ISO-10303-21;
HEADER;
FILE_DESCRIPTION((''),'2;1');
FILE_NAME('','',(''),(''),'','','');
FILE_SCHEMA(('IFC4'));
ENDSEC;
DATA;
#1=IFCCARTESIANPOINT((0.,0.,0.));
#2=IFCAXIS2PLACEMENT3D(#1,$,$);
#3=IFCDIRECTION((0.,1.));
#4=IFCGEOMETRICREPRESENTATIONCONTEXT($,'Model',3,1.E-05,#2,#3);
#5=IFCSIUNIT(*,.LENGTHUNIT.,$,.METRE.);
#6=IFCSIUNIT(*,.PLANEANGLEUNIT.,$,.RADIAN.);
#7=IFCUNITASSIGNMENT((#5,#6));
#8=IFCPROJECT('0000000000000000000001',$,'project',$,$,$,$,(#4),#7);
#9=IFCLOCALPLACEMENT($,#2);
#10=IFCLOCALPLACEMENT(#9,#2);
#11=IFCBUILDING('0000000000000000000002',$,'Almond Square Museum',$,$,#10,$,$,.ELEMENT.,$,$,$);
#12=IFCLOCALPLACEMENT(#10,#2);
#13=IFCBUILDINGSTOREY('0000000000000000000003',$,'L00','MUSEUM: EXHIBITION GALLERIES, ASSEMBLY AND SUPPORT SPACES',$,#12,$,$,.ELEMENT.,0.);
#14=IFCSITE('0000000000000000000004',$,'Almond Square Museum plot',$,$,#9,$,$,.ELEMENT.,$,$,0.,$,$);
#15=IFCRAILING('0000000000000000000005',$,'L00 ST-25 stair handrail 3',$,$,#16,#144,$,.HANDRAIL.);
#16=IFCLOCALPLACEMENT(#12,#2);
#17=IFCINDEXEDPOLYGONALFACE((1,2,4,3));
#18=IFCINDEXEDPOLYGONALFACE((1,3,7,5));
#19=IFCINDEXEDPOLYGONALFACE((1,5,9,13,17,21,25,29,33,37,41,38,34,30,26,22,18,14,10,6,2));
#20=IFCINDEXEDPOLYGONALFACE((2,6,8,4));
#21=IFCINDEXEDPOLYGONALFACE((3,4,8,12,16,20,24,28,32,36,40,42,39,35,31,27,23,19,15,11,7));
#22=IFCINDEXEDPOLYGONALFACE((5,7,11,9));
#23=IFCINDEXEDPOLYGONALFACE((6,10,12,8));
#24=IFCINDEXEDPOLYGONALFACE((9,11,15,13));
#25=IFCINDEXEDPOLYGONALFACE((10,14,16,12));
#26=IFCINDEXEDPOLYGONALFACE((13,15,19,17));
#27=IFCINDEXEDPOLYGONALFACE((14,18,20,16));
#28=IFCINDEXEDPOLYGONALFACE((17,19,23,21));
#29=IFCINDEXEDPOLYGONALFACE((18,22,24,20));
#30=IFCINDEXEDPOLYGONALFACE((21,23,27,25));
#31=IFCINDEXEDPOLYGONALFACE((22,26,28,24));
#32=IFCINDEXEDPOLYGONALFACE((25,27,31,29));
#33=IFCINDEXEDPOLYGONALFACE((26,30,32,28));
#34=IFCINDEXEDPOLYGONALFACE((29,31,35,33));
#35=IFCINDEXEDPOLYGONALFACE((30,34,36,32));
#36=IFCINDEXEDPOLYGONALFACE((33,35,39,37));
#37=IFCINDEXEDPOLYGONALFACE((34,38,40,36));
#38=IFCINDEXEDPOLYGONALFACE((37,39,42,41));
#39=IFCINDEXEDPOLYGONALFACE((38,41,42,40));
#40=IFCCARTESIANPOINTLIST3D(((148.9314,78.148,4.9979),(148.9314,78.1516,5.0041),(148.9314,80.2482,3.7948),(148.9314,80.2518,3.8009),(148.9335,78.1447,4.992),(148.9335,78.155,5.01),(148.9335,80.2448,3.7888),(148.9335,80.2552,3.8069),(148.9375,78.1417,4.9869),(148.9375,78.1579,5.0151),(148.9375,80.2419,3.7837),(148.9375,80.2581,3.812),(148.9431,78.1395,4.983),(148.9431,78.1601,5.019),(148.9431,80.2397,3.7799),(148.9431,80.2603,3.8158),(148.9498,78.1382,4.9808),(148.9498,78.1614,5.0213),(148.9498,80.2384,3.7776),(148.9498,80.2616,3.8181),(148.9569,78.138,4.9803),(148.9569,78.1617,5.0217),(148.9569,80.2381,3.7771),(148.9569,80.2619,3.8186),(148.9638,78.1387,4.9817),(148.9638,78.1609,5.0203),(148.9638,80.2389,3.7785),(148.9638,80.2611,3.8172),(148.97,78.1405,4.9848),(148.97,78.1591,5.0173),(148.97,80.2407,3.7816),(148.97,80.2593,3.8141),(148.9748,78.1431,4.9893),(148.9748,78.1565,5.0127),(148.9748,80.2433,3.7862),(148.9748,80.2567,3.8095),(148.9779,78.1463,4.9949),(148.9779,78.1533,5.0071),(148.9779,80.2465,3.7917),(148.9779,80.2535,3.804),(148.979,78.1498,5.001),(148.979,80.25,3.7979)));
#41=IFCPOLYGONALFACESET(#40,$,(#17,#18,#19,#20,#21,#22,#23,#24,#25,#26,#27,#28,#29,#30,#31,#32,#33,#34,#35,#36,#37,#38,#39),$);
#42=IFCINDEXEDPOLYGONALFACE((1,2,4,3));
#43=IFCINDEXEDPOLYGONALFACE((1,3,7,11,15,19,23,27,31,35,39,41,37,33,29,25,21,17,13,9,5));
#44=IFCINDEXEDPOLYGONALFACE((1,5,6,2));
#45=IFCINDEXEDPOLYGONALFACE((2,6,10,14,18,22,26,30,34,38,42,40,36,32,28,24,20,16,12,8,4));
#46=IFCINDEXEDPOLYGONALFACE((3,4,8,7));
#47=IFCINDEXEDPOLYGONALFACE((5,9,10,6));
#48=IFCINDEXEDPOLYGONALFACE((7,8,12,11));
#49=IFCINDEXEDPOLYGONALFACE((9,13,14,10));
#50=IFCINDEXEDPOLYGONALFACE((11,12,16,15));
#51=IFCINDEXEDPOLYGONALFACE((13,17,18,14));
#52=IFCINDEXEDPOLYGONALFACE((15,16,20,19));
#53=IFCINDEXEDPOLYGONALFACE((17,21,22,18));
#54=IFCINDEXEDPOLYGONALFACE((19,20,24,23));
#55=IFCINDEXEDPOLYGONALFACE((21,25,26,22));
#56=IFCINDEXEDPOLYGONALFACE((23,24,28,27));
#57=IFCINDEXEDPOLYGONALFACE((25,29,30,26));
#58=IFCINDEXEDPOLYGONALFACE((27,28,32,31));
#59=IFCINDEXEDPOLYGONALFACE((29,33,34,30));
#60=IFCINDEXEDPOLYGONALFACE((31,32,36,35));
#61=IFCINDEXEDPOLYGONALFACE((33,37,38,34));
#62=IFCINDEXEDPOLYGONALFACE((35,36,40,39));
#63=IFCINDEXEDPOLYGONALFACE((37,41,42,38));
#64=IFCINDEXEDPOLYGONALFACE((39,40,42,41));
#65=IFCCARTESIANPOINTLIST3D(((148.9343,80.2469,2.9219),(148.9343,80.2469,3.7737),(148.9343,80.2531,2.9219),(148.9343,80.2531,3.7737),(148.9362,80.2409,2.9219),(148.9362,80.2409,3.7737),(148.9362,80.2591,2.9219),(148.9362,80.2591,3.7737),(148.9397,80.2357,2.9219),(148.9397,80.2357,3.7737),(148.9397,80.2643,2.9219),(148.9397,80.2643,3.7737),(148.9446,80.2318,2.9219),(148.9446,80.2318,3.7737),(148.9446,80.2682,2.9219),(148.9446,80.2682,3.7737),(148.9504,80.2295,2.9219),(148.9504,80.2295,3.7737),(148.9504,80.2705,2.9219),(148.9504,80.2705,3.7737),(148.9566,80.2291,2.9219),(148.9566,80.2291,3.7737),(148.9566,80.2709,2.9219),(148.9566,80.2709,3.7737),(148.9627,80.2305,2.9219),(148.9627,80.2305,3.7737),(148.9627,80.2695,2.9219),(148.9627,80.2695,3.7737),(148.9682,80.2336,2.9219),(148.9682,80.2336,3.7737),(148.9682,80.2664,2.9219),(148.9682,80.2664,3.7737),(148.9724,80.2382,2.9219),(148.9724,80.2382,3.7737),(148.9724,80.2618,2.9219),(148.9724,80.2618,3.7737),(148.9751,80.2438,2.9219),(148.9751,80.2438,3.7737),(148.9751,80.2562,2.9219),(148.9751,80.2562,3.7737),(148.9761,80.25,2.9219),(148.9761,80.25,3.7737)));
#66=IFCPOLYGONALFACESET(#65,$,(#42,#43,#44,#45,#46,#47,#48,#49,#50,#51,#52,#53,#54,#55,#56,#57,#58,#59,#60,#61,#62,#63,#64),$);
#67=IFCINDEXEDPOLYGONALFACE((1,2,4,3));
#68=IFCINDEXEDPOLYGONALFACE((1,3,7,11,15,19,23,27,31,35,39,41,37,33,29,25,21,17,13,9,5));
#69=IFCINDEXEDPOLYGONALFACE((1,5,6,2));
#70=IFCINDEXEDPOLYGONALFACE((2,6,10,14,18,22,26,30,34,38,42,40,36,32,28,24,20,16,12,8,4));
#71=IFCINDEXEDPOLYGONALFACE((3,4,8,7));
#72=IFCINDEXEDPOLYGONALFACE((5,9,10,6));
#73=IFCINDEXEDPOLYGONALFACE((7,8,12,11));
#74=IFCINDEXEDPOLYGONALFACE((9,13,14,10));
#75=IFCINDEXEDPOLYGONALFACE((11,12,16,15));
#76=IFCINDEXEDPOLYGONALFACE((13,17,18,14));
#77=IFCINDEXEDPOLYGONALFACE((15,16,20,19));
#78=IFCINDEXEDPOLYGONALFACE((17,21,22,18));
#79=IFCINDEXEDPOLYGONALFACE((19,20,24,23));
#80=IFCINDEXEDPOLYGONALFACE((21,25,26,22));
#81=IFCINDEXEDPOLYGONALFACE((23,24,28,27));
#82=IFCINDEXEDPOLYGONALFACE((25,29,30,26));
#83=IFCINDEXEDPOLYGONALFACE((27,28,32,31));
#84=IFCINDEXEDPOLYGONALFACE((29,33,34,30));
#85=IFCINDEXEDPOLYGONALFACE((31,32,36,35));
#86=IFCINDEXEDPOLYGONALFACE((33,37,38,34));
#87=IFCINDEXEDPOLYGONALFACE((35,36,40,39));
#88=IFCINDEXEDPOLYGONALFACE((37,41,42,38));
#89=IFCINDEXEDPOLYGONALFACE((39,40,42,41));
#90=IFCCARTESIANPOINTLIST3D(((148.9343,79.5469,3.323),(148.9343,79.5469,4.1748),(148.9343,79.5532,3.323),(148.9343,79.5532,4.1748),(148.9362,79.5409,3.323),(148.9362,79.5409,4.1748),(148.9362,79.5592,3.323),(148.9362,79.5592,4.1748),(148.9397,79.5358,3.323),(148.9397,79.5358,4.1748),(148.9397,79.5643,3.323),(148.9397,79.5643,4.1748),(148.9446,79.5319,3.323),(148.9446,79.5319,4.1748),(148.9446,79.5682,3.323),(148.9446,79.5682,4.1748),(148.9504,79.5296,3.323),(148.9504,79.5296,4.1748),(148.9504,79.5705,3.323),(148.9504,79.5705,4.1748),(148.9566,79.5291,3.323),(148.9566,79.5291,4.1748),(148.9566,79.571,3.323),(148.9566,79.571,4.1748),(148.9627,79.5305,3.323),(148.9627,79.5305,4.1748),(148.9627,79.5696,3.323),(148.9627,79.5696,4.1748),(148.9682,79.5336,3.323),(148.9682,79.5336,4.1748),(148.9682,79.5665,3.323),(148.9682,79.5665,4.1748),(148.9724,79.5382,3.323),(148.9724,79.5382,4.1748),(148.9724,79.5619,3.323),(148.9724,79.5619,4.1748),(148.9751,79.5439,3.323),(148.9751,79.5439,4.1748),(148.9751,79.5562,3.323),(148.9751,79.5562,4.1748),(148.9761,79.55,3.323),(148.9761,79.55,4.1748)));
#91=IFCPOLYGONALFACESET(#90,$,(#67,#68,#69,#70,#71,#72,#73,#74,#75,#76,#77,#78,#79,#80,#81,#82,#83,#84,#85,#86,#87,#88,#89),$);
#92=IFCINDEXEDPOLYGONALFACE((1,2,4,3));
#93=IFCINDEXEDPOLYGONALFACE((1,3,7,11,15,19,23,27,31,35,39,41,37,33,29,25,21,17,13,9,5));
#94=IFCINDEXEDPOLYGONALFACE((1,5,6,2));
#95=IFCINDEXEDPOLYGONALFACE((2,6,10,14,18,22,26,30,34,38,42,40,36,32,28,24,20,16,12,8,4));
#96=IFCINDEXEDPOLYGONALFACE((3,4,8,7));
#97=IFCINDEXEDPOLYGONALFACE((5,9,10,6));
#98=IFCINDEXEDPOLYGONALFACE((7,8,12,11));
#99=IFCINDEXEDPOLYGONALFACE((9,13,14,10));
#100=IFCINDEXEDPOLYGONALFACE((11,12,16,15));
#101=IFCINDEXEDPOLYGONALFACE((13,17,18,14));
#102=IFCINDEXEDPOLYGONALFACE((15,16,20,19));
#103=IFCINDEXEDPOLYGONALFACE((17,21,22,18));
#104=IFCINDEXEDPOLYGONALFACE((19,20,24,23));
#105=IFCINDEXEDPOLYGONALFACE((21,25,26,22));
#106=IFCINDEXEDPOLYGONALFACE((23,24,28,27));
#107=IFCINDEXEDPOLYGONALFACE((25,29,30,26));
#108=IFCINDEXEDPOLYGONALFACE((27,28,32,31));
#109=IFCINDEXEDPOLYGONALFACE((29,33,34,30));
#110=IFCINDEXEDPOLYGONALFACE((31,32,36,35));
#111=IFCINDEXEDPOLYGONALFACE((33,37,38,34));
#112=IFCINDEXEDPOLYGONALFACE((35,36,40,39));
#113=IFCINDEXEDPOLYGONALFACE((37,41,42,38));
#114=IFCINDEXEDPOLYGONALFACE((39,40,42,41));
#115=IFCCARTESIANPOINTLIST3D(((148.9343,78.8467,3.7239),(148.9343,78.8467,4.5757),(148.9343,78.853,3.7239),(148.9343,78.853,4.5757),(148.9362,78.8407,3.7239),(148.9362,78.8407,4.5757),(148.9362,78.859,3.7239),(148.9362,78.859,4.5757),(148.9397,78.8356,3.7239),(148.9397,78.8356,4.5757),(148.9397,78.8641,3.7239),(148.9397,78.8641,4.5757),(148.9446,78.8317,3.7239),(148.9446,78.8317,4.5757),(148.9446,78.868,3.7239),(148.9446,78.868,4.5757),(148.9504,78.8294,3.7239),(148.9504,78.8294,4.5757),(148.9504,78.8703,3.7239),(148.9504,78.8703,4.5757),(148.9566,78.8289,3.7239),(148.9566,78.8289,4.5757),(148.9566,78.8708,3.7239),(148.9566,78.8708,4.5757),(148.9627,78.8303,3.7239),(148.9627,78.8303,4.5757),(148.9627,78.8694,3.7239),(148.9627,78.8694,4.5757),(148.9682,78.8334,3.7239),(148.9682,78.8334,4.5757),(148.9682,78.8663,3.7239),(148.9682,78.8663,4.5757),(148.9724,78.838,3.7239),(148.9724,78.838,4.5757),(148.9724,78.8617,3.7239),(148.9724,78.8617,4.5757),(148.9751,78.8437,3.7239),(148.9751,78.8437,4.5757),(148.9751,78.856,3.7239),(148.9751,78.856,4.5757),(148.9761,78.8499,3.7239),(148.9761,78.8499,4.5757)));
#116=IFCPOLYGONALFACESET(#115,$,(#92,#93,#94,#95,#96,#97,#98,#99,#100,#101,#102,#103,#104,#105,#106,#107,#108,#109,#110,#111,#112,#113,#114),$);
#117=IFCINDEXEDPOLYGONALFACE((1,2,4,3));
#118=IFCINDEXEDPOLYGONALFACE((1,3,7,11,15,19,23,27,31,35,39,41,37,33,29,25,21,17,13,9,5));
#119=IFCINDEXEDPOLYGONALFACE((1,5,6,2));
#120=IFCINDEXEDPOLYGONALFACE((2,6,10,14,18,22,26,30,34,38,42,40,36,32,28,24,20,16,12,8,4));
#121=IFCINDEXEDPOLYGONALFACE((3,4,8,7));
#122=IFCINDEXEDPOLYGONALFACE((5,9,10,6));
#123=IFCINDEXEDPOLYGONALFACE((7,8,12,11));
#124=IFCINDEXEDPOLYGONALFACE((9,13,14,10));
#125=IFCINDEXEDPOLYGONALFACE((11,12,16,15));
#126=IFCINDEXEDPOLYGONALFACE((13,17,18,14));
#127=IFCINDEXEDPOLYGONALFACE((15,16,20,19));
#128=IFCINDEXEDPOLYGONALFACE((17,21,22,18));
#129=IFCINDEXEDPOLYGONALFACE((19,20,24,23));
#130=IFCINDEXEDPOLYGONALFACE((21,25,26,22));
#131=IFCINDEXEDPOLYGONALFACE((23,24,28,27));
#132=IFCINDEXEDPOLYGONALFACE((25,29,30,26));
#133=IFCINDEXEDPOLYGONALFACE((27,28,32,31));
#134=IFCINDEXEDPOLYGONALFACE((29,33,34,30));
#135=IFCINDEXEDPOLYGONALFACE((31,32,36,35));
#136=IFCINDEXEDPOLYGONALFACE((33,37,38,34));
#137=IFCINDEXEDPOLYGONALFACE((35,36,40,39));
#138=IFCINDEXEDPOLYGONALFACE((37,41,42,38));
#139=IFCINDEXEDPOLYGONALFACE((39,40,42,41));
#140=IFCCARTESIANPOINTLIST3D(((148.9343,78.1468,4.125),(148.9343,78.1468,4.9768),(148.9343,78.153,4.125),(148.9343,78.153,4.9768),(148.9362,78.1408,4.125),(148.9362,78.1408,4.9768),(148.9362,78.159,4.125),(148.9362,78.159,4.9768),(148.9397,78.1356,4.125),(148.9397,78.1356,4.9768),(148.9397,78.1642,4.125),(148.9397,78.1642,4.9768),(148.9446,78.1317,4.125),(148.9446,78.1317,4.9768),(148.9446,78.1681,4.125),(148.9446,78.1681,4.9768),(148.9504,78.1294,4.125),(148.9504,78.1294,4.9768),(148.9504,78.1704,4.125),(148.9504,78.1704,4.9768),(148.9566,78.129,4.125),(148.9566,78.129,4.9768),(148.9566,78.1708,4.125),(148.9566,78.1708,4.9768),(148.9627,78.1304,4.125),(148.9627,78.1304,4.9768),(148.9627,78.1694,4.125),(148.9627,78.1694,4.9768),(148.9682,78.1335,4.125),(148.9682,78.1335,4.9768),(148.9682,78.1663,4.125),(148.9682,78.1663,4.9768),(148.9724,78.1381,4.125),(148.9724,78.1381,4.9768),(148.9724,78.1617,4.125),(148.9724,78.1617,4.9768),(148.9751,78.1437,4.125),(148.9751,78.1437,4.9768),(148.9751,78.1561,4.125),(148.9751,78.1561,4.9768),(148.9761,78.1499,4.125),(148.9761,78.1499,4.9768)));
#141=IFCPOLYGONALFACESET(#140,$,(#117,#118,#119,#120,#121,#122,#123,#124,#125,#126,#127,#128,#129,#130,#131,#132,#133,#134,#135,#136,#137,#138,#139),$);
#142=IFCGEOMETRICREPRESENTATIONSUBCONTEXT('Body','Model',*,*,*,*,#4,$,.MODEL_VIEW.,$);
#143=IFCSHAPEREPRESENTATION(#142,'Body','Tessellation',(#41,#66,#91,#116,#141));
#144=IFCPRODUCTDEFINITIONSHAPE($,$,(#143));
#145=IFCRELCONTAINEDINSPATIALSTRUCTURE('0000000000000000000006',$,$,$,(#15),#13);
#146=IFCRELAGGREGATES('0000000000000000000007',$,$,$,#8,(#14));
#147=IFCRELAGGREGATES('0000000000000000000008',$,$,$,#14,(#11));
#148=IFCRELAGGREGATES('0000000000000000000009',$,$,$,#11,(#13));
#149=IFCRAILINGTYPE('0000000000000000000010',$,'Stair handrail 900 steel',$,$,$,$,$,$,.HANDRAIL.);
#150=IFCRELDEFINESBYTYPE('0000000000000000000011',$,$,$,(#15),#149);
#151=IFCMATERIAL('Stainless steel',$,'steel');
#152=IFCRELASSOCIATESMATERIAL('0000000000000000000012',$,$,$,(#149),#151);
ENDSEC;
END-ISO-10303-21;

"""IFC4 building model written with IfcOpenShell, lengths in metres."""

from ifc_helpers import new_model, si_unit, direction, frame, origin, origin_2d, place, context, subcontext, project, spatial, circle, extrude, material, type_object, element, save


model = new_model("IFC4")

# Units and contexts
model_context = context("Model", 3, precision=1e-05, world=origin(), true_north=direction((0.0, 1.0)))
body_context = subcontext(model_context, "Body", "Model", "MODEL_VIEW")
ifc_project = project(units=[si_unit("LENGTHUNIT", "METRE"), si_unit("PLANEANGLEUNIT", "RADIAN")], contexts=[model_context])

# Site, building, storey
site_placement = place(None, origin())
site = spatial("IfcSite", under=ifc_project, at=site_placement, Name="Almond Square Museum plot", CompositionType="ELEMENT", RefElevation=0.0)
building_placement = place(site_placement, origin())
building = spatial("IfcBuilding", under=site, at=building_placement, Name="Almond Square Museum", CompositionType="ELEMENT")
storey_placement = place(building_placement, origin())
storey = spatial("IfcBuildingStorey", under=building, at=storey_placement, Name="L00", Description="MUSEUM: EXHIBITION GALLERIES, ASSEMBLY AND SUPPORT SPACES", CompositionType="ELEMENT", Elevation=0.0)

# Railing
ifc_material_1 = material(Name="Stainless steel", Category="steel")
railing_type_1 = type_object("IfcRailingType", Name="Stair handrail 900 steel", PredefinedType="HANDRAIL", material=ifc_material_1)
for number, where, name in (
    (1, (148.9551, 80.25, 2.9219), "L00 ST-25 stair handrail 3"),
):
    element("IfcRailing", number, at=place(storey_placement, frame(where)), inside=storey, type_object=railing_type_1, Name=name, PredefinedType="HANDRAIL", context=body_context, shape_type="SweptSolid", body=[
        extrude(circle(Radius=0.0239, at=origin_2d()), frame((0.0, 0.0, 0.876), z_axis=(0.0, -0.867696, 0.497095), x_axis=(1.0, 0.0, 0.0)), (0.0, 0.0, 1.0), 2.4204),
        extrude(circle(Radius=0.021, at=origin_2d()), origin(), (0.0, 0.0, 1.0), 0.8518),
        extrude(circle(Radius=0.021, at=origin_2d()), frame((0.0, -0.7, 0.4011)), (0.0, 0.0, 1.0), 0.8518),
        extrude(circle(Radius=0.021, at=origin_2d()), frame((0.0, -1.4001, 0.802)), (0.0, 0.0, 1.0), 0.8518),
        extrude(circle(Radius=0.021, at=origin_2d()), frame((0.0, -2.1001, 1.2031)), (0.0, 0.0, 1.0), 0.8518),
    ])

save(model, "model.ifc")
